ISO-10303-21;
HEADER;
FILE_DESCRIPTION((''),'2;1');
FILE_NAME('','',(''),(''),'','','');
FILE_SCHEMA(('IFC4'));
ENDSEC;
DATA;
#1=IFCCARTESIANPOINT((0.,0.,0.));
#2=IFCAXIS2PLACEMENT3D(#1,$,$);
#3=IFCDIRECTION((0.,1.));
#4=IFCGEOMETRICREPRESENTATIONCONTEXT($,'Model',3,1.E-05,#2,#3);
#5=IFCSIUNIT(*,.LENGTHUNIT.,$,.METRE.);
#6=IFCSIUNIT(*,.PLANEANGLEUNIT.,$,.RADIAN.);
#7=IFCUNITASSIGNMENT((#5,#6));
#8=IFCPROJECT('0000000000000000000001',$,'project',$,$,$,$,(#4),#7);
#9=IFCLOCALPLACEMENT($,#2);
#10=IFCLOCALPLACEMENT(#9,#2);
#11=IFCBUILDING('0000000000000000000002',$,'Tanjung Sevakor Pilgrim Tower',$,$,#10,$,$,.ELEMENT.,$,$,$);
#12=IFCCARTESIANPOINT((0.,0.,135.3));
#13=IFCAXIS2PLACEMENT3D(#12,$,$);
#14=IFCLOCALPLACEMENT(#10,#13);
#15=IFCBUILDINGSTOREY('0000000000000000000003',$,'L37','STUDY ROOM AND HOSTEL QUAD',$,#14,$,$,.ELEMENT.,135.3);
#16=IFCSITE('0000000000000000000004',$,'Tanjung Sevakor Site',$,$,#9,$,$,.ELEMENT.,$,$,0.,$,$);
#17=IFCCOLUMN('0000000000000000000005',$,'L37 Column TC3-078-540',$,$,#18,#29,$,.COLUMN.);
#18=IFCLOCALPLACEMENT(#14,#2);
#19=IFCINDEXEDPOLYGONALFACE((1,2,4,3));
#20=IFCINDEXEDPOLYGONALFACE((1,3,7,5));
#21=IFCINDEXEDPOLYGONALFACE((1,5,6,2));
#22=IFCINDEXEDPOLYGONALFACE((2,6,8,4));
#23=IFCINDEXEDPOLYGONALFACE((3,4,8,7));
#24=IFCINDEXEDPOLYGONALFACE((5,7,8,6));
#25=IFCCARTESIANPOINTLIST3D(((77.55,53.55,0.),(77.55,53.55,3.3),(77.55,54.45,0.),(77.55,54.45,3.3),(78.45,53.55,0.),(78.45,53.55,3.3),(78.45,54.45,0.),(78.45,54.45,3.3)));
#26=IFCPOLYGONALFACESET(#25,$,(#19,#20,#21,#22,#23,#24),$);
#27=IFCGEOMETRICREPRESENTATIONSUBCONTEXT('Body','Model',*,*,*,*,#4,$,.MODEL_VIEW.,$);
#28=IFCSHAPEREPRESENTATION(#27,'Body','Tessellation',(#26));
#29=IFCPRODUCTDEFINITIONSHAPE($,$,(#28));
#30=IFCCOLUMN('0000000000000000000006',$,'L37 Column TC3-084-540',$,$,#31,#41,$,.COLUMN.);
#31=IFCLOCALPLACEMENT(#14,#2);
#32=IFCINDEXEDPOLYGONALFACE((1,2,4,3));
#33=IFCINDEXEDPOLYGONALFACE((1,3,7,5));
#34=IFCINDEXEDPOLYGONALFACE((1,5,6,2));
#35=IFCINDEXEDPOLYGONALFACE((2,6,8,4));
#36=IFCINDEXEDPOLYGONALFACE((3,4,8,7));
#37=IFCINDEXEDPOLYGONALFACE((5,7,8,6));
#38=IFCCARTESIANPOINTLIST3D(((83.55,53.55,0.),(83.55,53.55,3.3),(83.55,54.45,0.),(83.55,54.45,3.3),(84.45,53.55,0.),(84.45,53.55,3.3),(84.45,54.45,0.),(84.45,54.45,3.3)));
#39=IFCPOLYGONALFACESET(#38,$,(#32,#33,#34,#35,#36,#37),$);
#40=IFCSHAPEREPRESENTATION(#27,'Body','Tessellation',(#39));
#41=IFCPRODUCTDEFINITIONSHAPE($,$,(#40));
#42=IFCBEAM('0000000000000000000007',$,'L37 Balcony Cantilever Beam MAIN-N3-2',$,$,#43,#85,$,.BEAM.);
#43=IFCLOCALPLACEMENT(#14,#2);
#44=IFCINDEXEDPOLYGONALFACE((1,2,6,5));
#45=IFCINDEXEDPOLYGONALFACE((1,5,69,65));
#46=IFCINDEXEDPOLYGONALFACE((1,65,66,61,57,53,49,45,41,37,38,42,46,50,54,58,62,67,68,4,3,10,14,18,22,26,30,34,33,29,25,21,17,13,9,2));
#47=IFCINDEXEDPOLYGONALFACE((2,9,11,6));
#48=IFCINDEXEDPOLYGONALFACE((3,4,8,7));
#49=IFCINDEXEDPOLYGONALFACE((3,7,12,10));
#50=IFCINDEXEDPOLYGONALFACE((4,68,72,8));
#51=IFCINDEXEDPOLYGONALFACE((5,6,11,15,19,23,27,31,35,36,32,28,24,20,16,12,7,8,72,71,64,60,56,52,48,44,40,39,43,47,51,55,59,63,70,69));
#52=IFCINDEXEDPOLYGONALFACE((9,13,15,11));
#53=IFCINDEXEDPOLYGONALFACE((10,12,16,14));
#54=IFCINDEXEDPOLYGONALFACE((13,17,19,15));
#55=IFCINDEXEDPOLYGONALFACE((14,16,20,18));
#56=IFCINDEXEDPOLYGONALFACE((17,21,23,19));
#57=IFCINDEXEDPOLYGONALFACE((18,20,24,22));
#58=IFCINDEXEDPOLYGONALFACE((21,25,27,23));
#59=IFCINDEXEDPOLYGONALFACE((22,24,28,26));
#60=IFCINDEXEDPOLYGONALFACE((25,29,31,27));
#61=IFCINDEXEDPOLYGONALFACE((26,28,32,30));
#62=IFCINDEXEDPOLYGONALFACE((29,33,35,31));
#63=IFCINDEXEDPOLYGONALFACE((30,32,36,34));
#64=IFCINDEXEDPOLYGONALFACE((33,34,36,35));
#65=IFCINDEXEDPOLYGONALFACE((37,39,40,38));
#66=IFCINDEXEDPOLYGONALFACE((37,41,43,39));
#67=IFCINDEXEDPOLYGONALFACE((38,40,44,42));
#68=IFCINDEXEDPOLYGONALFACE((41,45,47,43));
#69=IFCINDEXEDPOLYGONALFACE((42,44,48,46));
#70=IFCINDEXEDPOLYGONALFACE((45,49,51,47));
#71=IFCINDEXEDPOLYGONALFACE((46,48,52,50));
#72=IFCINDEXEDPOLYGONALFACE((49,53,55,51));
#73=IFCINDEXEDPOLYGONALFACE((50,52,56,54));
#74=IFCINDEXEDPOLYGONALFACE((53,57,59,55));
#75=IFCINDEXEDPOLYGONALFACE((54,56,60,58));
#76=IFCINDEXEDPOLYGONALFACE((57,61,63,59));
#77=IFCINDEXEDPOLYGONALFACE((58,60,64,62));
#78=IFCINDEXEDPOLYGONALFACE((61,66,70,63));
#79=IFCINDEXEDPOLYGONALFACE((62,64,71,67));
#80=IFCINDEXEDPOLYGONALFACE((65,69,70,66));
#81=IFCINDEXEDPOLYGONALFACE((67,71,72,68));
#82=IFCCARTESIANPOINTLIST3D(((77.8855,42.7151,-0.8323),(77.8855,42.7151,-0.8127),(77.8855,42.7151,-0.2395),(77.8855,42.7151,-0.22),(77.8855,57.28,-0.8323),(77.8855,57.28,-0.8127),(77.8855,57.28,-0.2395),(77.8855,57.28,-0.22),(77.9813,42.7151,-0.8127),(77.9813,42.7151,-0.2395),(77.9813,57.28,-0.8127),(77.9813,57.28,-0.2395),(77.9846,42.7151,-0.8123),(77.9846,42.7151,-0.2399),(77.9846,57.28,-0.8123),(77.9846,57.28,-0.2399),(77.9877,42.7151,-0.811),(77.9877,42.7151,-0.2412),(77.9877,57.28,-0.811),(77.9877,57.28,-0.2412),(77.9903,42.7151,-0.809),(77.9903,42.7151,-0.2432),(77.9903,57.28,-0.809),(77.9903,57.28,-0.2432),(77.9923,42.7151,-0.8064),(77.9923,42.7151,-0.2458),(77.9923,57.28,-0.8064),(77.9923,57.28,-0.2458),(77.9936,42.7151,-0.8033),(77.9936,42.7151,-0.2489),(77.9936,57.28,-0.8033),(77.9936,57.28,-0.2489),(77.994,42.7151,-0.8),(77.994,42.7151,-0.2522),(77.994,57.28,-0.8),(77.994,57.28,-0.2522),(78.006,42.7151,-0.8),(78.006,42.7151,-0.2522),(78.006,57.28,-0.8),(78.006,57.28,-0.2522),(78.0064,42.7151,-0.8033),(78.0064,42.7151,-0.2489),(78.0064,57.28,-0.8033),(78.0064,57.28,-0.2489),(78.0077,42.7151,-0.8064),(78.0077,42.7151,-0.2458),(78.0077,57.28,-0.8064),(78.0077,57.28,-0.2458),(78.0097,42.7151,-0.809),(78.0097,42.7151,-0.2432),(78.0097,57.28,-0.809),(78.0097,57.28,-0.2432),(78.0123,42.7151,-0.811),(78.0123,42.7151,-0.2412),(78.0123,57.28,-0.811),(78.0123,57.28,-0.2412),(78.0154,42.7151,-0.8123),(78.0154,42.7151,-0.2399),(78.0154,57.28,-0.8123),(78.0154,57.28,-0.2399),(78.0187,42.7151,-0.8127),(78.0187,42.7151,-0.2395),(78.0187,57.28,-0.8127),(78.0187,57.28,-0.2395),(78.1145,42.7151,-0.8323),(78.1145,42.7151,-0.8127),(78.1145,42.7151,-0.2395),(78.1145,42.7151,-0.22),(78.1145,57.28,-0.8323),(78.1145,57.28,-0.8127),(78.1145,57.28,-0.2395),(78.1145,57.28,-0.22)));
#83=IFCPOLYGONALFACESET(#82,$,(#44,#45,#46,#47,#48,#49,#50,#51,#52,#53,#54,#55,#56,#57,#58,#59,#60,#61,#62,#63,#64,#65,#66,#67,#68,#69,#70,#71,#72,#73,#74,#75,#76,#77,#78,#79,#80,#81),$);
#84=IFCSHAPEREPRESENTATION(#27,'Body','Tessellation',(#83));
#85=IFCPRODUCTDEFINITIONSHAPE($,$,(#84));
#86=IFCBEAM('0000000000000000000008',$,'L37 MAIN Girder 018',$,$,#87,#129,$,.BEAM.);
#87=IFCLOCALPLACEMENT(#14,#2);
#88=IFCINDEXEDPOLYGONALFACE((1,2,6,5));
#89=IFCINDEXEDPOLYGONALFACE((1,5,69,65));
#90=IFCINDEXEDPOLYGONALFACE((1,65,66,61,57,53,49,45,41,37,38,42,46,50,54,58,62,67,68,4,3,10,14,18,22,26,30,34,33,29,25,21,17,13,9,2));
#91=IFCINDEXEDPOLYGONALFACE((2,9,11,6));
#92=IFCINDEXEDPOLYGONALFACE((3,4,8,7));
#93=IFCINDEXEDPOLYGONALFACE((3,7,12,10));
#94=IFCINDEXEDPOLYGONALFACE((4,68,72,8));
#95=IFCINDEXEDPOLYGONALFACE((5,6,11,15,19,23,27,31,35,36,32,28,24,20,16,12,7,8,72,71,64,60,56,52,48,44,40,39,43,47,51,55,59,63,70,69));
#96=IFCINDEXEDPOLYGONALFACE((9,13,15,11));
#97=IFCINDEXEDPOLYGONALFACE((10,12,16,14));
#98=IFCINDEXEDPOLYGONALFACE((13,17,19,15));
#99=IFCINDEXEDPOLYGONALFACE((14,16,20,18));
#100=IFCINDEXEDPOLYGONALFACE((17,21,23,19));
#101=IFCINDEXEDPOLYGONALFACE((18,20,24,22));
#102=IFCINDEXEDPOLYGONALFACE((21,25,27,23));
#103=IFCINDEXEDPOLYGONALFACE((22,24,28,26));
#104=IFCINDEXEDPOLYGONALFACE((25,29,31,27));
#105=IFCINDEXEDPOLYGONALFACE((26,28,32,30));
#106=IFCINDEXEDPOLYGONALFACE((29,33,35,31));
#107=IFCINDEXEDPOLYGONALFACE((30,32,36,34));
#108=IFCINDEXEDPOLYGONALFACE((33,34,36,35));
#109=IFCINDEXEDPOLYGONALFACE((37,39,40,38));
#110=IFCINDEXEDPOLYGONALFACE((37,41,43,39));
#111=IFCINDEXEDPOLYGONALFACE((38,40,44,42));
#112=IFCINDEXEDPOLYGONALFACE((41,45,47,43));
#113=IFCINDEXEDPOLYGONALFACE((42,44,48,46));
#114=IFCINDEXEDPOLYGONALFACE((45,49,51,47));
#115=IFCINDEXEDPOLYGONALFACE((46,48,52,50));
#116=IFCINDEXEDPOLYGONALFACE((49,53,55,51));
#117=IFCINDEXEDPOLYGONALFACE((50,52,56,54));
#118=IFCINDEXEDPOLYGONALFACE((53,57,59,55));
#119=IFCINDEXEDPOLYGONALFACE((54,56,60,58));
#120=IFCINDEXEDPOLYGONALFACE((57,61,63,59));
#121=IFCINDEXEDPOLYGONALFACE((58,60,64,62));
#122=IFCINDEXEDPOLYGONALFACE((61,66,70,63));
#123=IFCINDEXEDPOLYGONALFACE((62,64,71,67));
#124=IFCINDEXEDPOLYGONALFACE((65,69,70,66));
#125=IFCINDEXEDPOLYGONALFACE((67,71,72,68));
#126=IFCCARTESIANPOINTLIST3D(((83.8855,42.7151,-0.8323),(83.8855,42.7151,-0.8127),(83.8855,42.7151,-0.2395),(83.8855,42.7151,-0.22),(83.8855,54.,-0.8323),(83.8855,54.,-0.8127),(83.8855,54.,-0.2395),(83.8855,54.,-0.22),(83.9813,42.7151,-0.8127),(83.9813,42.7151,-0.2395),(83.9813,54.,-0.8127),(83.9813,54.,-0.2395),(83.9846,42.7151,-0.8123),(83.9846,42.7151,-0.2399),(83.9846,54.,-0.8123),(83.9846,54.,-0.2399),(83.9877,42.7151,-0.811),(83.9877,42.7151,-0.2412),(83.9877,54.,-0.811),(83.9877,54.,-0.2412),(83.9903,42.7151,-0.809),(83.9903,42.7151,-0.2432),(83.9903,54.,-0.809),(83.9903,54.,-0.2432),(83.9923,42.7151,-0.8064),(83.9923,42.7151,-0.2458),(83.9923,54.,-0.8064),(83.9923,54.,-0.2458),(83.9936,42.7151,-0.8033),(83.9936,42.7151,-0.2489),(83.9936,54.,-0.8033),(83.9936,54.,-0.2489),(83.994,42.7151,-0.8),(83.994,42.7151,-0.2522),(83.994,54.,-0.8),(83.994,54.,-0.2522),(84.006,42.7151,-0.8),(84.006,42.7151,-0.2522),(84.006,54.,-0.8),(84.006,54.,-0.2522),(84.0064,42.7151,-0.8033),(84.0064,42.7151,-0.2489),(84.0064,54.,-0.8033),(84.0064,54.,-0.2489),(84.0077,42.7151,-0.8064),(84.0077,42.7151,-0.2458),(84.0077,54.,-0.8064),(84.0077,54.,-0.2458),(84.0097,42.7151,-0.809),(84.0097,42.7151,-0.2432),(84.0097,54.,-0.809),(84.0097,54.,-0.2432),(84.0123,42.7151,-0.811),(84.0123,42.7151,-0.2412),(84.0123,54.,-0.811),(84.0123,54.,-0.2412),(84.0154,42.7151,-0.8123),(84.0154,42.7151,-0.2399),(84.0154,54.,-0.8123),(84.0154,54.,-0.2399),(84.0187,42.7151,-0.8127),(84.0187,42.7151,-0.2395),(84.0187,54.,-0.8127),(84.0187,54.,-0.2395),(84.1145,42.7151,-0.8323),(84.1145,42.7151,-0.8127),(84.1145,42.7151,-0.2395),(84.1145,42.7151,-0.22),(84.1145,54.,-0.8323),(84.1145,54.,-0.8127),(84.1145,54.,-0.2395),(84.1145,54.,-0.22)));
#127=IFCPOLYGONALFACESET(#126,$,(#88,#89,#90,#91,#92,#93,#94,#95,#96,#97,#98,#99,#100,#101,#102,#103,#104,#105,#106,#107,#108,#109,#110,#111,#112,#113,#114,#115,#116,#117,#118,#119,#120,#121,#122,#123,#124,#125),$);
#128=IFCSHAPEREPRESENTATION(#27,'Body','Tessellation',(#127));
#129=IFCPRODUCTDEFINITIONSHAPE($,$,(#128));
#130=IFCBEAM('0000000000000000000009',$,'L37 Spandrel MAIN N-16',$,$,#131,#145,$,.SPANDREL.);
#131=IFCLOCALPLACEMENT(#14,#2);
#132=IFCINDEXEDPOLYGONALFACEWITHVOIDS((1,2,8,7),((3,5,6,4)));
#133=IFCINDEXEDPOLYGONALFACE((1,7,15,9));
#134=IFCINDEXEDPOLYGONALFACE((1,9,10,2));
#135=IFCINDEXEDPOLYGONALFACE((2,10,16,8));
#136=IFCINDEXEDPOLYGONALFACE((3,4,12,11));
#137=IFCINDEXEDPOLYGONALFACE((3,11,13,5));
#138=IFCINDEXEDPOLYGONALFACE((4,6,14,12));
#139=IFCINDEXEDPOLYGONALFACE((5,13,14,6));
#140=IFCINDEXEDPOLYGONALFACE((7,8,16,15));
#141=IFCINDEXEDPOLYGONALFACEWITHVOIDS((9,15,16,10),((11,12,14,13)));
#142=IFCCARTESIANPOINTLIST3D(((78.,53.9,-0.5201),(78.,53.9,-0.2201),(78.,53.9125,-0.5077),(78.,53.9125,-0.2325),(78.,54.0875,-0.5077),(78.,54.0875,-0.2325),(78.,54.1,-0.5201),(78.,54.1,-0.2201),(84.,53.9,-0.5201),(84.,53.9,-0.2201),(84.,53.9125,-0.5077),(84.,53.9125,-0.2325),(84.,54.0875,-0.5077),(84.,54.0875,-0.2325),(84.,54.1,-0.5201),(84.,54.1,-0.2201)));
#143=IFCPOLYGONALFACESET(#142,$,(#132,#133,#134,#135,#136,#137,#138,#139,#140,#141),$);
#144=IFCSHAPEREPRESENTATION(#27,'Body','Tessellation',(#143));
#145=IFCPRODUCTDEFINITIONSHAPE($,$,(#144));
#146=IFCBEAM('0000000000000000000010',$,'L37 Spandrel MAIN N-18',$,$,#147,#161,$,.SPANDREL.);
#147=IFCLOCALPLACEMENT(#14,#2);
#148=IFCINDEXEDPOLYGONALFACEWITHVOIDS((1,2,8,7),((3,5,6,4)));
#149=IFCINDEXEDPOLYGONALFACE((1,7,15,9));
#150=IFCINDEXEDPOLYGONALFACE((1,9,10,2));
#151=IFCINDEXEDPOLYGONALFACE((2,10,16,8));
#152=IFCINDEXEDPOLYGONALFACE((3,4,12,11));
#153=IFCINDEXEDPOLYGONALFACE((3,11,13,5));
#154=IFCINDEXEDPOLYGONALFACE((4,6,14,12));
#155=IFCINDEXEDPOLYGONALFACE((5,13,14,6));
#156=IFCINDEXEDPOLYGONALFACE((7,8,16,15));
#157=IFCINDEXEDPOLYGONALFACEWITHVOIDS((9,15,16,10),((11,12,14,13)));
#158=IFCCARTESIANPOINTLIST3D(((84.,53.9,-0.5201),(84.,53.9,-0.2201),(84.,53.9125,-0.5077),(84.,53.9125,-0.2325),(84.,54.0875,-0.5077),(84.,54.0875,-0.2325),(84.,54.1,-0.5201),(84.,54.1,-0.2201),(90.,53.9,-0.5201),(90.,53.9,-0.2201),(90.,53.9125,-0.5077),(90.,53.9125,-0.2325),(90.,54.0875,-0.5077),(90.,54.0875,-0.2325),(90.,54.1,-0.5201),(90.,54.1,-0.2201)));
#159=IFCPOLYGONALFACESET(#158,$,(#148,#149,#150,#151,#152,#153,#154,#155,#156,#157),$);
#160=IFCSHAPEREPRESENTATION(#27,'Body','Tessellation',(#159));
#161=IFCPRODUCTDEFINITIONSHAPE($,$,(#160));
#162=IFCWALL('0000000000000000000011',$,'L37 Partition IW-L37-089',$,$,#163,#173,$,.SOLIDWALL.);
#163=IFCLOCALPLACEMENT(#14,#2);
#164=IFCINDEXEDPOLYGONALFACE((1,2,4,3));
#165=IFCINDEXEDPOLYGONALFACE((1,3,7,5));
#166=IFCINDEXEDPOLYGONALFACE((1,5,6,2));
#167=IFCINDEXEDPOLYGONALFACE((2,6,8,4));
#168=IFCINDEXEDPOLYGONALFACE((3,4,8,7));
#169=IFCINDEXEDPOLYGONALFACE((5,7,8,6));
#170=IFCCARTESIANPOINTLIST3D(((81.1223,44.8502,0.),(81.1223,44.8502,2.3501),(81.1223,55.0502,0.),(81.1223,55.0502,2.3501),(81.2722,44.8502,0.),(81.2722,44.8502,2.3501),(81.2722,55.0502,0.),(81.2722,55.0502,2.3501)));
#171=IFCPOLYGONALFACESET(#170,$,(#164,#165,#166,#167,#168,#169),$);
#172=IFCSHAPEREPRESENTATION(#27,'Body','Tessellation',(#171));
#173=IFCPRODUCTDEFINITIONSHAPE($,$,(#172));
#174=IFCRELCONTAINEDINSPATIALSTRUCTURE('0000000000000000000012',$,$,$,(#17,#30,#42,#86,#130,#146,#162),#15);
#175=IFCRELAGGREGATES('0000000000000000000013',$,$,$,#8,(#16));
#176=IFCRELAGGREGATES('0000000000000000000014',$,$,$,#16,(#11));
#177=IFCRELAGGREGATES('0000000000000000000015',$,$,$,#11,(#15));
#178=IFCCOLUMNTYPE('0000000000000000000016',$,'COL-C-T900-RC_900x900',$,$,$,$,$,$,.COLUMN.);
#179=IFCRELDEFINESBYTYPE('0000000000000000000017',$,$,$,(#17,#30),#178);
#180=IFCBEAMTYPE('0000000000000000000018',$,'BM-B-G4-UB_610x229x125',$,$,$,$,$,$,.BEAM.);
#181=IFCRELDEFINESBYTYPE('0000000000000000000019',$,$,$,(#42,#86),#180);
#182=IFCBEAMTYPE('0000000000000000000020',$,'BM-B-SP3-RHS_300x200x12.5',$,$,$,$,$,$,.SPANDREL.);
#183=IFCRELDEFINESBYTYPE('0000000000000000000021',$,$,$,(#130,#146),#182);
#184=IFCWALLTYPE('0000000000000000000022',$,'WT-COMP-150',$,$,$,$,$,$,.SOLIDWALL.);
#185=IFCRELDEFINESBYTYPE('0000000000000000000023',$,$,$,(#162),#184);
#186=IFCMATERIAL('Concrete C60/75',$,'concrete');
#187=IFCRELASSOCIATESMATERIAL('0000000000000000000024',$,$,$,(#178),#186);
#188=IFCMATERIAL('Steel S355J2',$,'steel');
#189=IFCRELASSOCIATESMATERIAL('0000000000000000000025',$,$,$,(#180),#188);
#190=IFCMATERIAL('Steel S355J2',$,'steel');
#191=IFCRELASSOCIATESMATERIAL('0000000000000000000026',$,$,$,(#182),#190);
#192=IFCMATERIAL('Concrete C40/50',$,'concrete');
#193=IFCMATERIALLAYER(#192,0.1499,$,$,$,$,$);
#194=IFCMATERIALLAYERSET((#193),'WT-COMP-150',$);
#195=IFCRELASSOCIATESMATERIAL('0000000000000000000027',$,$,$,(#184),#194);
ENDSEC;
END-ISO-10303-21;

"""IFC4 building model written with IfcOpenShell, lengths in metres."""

from ifc_helpers import new_model, si_unit, direction, frame, frame_2d, origin, origin_2d, place, context, subcontext, project, spatial, rectangle, hollow_rectangle, i_section, extrude, material, layer, layer_set, material_profile, profile_set, type_object, element, save


model = new_model("IFC4")

# Units and contexts
model_context = context("Model", 3, precision=1e-05, world=origin(), true_north=direction((0.0, 1.0)))
body_context = subcontext(model_context, "Body", "Model", "MODEL_VIEW")
ifc_project = project(units=[si_unit("LENGTHUNIT", "METRE"), si_unit("PLANEANGLEUNIT", "RADIAN")], contexts=[model_context])

# Site, building, storey
site_placement = place(None, origin())
site = spatial("IfcSite", under=ifc_project, at=site_placement, Name="Tanjung Sevakor Site", CompositionType="ELEMENT", RefElevation=0.0)
building_placement = place(site_placement, origin())
building = spatial("IfcBuilding", under=site, at=building_placement, Name="Tanjung Sevakor Pilgrim Tower", CompositionType="ELEMENT")
storey_placement = place(building_placement, frame((0.0, 0.0, 135.3)))
storey = spatial("IfcBuildingStorey", under=building, at=storey_placement, Name="L37", Description="STUDY ROOM AND HOSTEL QUAD", CompositionType="ELEMENT", Elevation=135.3)

# Columns
ifc_material_1 = material(Name="Concrete C60/75", Category="concrete")
ifc_material_profile_1 = material_profile(ifc_material_1, rectangle(XDim=0.8999, YDim=0.8999, at=origin_2d()))
ifc_profile_set_1 = profile_set([ifc_material_profile_1], Name="Concrete C60/75")
column_type = type_object("IfcColumnType", Name="COL-C-T900-RC_900x900", PredefinedType="COLUMN", material=ifc_profile_set_1)
for number, where, z_axis, x_axis, name in (
    (1, (78.0, 54.0, 0.0), (0.0, 0.0, 1.0), (1.0, 0.0, 0.0), "L37 Column TC3-078-540"),
    (2, (84.0, 54.0, 0.0), (0.0, 0.0, 1.0), (1.0, 0.0, 0.0), "L37 Column TC3-084-540"),
):
    element("IfcColumn", number, at=place(storey_placement, frame(where, z_axis=z_axis, x_axis=x_axis)), inside=storey, type_object=column_type, Name=name, PredefinedType="COLUMN", context=body_context, shape_type="SweptSolid", body=[
        extrude(rectangle(XDim=0.8999, YDim=0.8999, at=origin_2d()), origin(), (0.0, 0.0, 1.0), 3.3),
    ])

# Beams
ifc_material_2 = material(Name="Steel S355J2", Category="steel")
ifc_material_profile_2 = material_profile(ifc_material_2, i_section(OverallWidth=0.229, OverallDepth=0.6123, WebThickness=0.012, FlangeThickness=0.0195, FilletRadius=0.0127, at=origin_2d()))
ifc_profile_set_2 = profile_set([ifc_material_profile_2], Name="Steel S355J2")
beam_type_1 = type_object("IfcBeamType", Name="BM-B-G4-UB_610x229x125", PredefinedType="BEAM", material=ifc_profile_set_2)
beam_1_placement = place(storey_placement, frame((78.0, 42.7151, -0.5261), z_axis=(0.0, 1.0, 0.0), x_axis=(-1.0, 0.0, 0.0)))
element("IfcBeam", 3, at=beam_1_placement, inside=storey, type_object=beam_type_1, Name="L37 Balcony Cantilever Beam MAIN-N3-2", PredefinedType="BEAM", context=body_context, shape_type="SweptSolid", body=[
    extrude(i_section(OverallWidth=0.229, OverallDepth=0.6123, WebThickness=0.012, FlangeThickness=0.0195, FilletRadius=0.0127, at=origin_2d()), origin(), (0.0, 0.0, 1.0), 14.5649),
])
beam_2_placement = place(storey_placement, frame((84.0, 42.7151, -0.5261), z_axis=(0.0, 1.0, 0.0), x_axis=(-1.0, 0.0, 0.0)))
element("IfcBeam", 4, at=beam_2_placement, inside=storey, type_object=beam_type_1, Name="L37 MAIN Girder 018", PredefinedType="BEAM", context=body_context, shape_type="SweptSolid", body=[
    extrude(i_section(OverallWidth=0.229, OverallDepth=0.6123, WebThickness=0.012, FlangeThickness=0.0195, FilletRadius=0.0127, at=origin_2d()), origin(), (0.0, 0.0, 1.0), 11.2849),
])
ifc_material_3 = material(Name="Steel S355J2", Category="steel")
ifc_material_profile_3 = material_profile(ifc_material_3, hollow_rectangle(XDim=0.2, YDim=0.3, WallThickness=0.0125, at=origin_2d()))
ifc_profile_set_3 = profile_set([ifc_material_profile_3], Name="Steel S355J2")
beam_type_2 = type_object("IfcBeamType", Name="BM-B-SP3-RHS_300x200x12.5", PredefinedType="SPANDREL", material=ifc_profile_set_3)
for number, where, z_axis, x_axis, name in (
    (5, (78.0, 54.0, -0.3701), (1.0, 0.0, 0.0), (0.0, 1.0, 0.0), "L37 Spandrel MAIN N-16"),
    (6, (84.0, 54.0, -0.3701), (1.0, 0.0, 0.0), (0.0, 1.0, 0.0), "L37 Spandrel MAIN N-18"),
):
    element("IfcBeam", number, at=place(storey_placement, frame(where, z_axis=z_axis, x_axis=x_axis)), inside=storey, type_object=beam_type_2, Name=name, PredefinedType="SPANDREL", context=body_context, shape_type="SweptSolid", body=[
        extrude(hollow_rectangle(XDim=0.2, YDim=0.3, WallThickness=0.0125, at=origin_2d()), origin(), (0.0, 0.0, 1.0), 6.0),
    ])

# Wall
ifc_material_4 = material(Name="Concrete C40/50", Category="concrete")
ifc_layer_1 = layer(ifc_material_4, 0.1499)
ifc_layer_set_1 = layer_set([ifc_layer_1], Name="WT-COMP-150")
wall_type_1 = type_object("IfcWallType", Name="WT-COMP-150", PredefinedType="SOLIDWALL", material=ifc_layer_set_1)
wall_1_placement = place(storey_placement, frame((81.1973, 44.8501, 0.0), z_axis=(0.0, 0.0, 1.0), x_axis=(0.0, 1.0, 0.0)))
element("IfcWall", 7, at=wall_1_placement, inside=storey, type_object=wall_type_1, Name="L37 Partition IW-L37-089", PredefinedType="SOLIDWALL", context=body_context, shape_type="SweptSolid", body=[
    extrude(rectangle(XDim=10.2, YDim=0.1499, at=frame_2d((5.1001, 0.0))), origin(), (0.0, 0.0, 1.0), 2.3501),
])

save(model, "model.ifc")
